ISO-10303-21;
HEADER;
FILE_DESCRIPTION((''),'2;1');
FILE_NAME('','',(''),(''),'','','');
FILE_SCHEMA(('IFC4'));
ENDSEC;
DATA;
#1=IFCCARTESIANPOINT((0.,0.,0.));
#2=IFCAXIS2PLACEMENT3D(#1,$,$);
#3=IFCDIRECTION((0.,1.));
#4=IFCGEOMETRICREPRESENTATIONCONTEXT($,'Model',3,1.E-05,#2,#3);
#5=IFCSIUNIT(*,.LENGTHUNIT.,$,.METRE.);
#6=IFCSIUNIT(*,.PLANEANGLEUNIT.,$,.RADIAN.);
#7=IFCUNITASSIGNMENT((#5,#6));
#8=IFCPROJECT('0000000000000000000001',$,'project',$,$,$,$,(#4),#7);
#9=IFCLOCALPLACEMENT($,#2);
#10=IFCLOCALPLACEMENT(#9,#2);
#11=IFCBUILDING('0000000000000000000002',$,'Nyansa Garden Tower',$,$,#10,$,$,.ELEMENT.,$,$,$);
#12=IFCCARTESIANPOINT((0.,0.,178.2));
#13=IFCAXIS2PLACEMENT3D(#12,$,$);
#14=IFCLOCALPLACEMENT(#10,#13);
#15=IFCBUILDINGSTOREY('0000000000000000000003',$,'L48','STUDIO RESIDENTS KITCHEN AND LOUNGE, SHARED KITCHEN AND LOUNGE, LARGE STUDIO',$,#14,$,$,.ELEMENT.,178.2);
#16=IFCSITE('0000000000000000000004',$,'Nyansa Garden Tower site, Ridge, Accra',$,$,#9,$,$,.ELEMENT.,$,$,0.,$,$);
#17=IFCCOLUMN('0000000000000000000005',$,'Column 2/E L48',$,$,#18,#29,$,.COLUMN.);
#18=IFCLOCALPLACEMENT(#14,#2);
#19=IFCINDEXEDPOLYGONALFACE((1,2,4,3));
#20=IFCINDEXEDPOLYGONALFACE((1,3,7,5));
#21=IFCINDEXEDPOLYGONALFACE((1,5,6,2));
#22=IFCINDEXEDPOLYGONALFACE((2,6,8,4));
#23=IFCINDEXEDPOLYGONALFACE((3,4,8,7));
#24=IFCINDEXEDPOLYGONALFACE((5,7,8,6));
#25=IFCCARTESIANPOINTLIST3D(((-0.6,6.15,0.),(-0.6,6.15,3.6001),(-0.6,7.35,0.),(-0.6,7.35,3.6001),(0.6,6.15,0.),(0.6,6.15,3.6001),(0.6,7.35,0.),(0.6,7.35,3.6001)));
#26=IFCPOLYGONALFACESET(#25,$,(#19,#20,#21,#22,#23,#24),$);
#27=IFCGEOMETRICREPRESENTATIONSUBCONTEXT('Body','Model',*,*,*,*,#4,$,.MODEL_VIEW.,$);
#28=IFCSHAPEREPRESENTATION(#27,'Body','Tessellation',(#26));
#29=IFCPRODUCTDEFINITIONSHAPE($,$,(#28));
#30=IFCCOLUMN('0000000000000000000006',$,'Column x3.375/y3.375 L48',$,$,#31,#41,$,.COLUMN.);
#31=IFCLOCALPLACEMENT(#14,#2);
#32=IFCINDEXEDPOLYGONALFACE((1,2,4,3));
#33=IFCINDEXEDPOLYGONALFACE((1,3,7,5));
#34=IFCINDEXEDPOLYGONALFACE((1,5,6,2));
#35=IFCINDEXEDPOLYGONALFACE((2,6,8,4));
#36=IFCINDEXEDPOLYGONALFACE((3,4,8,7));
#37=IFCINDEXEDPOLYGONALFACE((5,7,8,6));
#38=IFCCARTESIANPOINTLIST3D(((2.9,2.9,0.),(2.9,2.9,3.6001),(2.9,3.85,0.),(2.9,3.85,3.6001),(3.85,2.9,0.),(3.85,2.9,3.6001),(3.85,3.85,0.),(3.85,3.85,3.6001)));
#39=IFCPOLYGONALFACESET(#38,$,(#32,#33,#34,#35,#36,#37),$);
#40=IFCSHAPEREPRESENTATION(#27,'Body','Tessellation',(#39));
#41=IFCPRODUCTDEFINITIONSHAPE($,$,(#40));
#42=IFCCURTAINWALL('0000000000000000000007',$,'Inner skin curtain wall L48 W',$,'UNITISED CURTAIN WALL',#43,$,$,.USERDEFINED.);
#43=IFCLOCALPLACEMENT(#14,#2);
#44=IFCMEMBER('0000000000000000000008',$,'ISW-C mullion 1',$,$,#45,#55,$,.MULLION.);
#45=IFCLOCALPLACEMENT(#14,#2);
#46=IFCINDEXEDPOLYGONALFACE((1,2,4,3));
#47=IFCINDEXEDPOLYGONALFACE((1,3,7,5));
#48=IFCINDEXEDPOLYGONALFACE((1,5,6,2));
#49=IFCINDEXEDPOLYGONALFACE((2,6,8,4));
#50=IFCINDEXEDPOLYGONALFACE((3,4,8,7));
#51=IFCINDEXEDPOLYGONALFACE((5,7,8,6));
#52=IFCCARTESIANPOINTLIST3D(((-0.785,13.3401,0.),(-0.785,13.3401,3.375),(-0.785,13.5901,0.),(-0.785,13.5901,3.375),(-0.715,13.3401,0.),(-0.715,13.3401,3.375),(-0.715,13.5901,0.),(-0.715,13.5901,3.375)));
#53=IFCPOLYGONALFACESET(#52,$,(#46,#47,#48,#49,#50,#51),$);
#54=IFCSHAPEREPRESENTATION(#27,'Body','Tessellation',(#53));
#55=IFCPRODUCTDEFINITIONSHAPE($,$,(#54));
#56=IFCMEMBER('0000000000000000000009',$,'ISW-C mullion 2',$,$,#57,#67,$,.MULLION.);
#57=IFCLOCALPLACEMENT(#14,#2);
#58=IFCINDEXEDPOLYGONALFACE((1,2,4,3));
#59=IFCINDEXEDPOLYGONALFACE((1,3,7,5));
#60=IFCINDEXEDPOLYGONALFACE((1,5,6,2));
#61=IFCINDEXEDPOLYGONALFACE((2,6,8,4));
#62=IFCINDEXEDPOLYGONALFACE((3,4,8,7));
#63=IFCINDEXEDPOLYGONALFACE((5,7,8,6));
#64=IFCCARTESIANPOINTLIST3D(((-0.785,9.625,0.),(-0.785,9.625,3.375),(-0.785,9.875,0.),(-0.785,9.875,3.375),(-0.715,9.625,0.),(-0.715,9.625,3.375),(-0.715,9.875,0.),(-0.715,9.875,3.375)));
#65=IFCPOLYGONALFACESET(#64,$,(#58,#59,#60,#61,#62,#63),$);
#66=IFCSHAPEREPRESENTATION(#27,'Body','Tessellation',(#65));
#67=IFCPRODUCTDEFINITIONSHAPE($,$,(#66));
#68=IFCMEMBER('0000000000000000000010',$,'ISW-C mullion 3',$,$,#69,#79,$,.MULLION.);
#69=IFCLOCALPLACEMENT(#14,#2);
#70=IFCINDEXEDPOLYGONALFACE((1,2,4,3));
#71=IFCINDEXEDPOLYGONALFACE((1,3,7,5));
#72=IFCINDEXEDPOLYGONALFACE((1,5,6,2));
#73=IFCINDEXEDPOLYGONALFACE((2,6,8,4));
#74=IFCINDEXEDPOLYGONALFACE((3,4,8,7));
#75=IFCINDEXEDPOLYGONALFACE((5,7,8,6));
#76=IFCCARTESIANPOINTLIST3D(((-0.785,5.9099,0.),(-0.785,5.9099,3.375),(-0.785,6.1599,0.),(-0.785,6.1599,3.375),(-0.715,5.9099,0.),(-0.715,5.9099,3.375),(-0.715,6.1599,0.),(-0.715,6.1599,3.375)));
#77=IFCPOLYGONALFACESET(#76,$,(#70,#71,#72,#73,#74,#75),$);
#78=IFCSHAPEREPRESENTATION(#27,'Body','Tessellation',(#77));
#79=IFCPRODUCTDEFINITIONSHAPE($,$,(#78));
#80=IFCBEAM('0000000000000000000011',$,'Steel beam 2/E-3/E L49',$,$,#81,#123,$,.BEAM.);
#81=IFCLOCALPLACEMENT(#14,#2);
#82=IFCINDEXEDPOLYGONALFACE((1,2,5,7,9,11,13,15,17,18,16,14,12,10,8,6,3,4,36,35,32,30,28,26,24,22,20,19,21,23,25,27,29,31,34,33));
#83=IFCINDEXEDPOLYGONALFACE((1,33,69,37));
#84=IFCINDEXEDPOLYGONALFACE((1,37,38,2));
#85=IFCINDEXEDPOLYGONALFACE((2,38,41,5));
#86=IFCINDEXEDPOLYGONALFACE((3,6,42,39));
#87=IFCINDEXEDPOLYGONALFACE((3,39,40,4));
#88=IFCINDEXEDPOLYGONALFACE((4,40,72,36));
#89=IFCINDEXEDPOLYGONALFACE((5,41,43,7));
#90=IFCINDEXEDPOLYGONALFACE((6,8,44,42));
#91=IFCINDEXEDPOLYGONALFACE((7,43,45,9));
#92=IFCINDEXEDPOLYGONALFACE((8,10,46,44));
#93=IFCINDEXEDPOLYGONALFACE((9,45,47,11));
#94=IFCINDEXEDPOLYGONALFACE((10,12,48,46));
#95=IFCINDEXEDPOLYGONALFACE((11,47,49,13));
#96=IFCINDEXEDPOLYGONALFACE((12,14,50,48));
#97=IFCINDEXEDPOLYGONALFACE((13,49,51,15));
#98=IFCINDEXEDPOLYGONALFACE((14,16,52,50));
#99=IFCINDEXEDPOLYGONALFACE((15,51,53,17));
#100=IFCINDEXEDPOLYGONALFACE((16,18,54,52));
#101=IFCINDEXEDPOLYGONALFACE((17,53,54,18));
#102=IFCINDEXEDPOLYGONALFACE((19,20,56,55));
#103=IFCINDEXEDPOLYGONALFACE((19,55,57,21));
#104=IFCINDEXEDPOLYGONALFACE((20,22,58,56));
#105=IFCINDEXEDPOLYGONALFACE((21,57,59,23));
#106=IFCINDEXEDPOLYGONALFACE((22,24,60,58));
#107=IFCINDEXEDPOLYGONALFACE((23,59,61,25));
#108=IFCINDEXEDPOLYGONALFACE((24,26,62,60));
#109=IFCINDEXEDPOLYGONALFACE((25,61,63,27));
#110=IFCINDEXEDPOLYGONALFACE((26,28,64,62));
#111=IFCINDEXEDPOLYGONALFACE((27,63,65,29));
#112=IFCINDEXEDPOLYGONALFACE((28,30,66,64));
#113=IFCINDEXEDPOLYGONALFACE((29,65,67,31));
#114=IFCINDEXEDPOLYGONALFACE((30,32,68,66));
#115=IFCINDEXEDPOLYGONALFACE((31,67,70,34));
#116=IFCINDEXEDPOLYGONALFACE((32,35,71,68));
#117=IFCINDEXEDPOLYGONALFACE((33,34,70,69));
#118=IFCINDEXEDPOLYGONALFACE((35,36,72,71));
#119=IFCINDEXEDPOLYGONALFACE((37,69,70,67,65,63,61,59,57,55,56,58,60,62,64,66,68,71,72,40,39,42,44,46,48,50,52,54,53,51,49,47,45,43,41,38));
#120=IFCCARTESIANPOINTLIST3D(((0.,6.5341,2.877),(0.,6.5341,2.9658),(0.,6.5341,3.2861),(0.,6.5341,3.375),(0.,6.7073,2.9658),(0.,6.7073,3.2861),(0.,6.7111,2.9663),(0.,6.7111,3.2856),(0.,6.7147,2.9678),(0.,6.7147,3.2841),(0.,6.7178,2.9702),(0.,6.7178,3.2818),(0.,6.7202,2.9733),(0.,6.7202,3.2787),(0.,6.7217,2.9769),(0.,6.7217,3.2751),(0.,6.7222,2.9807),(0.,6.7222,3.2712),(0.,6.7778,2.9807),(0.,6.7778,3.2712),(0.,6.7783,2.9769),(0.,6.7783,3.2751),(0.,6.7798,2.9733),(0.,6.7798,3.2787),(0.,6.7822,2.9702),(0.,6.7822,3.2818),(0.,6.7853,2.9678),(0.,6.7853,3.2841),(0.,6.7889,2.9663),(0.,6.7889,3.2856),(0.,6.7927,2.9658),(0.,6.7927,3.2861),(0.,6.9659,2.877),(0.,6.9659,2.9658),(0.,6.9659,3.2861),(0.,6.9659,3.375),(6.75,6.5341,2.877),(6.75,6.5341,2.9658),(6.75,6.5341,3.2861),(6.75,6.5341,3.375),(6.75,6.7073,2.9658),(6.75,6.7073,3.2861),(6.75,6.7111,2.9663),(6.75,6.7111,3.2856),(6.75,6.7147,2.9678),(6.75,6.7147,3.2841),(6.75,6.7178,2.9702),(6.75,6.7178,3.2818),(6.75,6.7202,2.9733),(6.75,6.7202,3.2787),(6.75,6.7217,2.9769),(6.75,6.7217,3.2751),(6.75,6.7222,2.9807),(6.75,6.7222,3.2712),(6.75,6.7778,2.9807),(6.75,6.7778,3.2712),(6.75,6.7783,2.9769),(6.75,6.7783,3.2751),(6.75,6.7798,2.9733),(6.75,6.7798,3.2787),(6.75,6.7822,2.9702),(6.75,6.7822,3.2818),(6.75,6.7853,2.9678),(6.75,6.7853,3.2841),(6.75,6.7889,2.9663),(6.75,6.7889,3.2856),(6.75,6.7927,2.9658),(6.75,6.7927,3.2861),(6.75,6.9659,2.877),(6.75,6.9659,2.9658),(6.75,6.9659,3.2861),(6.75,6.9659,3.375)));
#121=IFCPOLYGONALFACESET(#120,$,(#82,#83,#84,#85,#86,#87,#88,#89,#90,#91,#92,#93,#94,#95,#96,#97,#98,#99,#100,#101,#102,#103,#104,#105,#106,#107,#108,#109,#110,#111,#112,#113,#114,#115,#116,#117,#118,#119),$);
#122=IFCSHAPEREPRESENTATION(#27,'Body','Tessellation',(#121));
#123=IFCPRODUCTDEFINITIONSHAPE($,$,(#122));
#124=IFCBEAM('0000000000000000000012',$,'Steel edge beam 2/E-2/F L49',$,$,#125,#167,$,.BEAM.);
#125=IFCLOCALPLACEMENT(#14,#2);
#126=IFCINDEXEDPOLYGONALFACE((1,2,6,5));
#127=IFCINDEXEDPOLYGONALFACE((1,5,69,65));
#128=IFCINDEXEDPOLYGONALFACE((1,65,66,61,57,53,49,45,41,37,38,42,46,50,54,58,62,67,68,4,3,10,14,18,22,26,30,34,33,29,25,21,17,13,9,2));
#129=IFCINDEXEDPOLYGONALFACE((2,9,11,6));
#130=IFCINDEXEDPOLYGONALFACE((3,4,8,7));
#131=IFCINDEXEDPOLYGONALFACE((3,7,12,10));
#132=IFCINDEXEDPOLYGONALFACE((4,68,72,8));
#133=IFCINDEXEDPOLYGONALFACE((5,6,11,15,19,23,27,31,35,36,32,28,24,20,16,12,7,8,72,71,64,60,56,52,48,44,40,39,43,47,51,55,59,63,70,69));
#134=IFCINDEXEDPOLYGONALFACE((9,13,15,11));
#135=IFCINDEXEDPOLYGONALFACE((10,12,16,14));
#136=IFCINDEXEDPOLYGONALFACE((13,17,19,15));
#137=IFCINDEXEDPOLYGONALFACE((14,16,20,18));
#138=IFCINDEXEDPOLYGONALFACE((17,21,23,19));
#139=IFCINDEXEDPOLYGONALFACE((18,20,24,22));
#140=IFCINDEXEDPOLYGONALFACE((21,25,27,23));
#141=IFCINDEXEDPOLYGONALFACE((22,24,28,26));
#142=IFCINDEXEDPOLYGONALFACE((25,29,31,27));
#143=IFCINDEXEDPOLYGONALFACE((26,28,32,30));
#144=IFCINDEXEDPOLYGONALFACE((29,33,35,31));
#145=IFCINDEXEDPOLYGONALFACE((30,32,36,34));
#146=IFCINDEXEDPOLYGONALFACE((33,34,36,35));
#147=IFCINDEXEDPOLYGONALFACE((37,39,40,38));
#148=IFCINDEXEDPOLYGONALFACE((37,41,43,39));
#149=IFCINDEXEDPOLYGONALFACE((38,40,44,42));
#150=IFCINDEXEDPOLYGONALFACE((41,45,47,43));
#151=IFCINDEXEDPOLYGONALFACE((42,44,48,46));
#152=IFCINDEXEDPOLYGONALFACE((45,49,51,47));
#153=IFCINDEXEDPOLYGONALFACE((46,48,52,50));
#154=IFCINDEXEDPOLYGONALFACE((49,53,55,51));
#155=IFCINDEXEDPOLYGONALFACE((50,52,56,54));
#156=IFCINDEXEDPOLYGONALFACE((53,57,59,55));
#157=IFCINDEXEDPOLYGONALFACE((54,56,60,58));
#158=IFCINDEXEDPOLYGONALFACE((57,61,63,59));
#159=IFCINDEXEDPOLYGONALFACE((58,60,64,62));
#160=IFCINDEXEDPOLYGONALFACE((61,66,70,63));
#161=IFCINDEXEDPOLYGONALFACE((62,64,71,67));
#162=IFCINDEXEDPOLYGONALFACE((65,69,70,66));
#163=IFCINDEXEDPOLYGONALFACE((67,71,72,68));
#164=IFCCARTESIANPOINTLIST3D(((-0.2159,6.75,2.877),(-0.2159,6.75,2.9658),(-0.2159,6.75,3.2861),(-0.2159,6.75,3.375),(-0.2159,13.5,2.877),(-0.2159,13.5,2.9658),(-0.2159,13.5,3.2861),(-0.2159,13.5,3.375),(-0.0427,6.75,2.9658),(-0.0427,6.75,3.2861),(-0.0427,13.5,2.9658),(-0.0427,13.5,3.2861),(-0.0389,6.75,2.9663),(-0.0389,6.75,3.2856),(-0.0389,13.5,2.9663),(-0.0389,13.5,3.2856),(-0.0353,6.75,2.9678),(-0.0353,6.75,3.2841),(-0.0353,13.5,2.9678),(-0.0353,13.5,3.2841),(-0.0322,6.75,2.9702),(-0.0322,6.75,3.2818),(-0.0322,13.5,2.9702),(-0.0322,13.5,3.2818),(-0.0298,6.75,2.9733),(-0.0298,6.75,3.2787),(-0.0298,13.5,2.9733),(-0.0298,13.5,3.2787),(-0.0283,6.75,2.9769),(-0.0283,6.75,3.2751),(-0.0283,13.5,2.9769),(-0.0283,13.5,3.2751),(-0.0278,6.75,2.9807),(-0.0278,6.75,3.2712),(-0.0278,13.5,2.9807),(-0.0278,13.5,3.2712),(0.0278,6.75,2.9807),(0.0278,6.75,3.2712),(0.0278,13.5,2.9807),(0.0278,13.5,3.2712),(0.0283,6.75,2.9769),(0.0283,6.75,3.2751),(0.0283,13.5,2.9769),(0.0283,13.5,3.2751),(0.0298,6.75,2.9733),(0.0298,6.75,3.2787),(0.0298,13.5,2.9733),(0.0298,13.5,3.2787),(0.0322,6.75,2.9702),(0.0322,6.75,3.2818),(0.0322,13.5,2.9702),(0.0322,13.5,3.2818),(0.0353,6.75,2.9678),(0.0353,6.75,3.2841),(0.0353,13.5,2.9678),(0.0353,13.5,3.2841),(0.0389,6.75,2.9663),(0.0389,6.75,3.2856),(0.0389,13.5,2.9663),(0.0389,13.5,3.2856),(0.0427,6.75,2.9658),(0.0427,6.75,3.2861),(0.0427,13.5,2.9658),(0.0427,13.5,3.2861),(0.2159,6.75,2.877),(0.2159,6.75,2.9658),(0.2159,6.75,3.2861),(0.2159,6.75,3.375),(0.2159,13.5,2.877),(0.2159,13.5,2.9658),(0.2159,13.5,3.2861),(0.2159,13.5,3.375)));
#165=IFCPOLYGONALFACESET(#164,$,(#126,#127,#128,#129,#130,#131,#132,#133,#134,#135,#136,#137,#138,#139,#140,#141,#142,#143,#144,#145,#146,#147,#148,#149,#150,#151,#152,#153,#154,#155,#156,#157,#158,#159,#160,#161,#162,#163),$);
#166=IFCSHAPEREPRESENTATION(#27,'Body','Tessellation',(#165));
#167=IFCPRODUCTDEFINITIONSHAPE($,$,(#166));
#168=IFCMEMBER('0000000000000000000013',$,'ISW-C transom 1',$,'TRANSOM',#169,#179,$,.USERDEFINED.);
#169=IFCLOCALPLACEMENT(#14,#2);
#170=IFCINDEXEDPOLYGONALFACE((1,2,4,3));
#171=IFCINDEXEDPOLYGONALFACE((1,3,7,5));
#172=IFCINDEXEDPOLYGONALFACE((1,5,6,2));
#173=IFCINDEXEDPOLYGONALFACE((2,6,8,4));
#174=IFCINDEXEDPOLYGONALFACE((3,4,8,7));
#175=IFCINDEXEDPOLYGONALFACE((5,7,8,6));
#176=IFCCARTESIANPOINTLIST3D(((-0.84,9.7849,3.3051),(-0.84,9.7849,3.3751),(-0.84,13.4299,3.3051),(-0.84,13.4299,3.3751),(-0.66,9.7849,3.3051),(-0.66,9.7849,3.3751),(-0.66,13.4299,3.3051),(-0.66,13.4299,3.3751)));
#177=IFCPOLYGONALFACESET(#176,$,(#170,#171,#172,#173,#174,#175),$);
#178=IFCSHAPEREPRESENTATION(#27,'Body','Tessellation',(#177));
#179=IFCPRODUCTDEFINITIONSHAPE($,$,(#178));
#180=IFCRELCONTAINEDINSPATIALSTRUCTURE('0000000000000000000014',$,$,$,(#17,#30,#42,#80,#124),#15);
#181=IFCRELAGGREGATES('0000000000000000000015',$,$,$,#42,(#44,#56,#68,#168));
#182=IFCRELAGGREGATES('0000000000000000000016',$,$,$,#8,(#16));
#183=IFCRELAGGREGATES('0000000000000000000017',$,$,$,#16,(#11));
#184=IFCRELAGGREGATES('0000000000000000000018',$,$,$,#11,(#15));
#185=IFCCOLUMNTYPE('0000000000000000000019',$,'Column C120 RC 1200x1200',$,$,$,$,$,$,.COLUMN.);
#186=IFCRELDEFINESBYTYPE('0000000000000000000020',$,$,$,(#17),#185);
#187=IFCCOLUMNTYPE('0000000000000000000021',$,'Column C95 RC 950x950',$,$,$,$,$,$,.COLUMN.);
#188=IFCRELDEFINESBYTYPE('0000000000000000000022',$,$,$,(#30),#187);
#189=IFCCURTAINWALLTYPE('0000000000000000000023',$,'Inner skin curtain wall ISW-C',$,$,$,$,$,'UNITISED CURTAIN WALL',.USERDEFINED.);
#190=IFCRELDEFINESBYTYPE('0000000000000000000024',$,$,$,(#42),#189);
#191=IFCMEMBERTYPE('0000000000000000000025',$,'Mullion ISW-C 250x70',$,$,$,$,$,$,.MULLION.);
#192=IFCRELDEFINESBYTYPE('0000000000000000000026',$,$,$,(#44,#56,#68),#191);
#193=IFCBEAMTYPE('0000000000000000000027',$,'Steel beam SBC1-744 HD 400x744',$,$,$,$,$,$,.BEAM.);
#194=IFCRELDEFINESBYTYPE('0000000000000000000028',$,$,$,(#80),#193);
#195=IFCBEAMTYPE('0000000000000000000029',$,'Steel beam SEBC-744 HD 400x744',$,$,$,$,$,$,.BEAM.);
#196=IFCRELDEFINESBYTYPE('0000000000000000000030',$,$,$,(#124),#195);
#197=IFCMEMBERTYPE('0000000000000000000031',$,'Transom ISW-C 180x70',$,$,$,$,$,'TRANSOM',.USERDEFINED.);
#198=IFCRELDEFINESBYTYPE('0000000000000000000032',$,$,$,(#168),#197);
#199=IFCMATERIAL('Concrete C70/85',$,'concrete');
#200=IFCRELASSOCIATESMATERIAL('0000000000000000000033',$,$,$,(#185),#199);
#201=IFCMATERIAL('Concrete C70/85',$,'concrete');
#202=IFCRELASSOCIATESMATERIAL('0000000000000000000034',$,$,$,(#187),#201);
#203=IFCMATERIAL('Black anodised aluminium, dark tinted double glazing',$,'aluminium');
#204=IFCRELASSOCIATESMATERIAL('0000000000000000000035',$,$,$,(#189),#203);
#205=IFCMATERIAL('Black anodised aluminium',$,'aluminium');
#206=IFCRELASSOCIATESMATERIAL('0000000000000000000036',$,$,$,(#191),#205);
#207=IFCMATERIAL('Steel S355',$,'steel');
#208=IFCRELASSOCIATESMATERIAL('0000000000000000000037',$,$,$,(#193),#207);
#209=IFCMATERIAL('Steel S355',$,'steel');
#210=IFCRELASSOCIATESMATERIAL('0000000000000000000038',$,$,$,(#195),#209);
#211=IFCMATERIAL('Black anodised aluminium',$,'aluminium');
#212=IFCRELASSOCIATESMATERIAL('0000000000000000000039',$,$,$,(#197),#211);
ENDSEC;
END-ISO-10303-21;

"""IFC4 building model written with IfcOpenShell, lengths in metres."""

from ifc_helpers import new_model, si_unit, direction, frame, origin, origin_2d, place, context, subcontext, project, spatial, rectangle, i_section, extrude, material, material_profile, profile_set, type_object, element, aggregate, save


model = new_model("IFC4")

# Units and contexts
model_context = context("Model", 3, precision=1e-05, world=origin(), true_north=direction((0.0, 1.0)))
body_context = subcontext(model_context, "Body", "Model", "MODEL_VIEW")
ifc_project = project(units=[si_unit("LENGTHUNIT", "METRE"), si_unit("PLANEANGLEUNIT", "RADIAN")], contexts=[model_context])

# Site, building, storey
site_placement = place(None, origin())
site = spatial("IfcSite", under=ifc_project, at=site_placement, Name="Nyansa Garden Tower site, Ridge, Accra", CompositionType="ELEMENT", RefElevation=0.0)
building_placement = place(site_placement, origin())
building = spatial("IfcBuilding", under=site, at=building_placement, Name="Nyansa Garden Tower", CompositionType="ELEMENT")
storey_placement = place(building_placement, frame((0.0, 0.0, 178.2)))
storey = spatial("IfcBuildingStorey", under=building, at=storey_placement, Name="L48", Description="STUDIO RESIDENTS KITCHEN AND LOUNGE, SHARED KITCHEN AND LOUNGE, LARGE STUDIO", CompositionType="ELEMENT", Elevation=178.2)

# Columns
ifc_material_1 = material(Name="Concrete C70/85", Category="concrete")
ifc_material_profile_1 = material_profile(ifc_material_1, rectangle(XDim=1.2, YDim=1.2, at=origin_2d()), Name="RC 1200x1200")
ifc_profile_set_1 = profile_set([ifc_material_profile_1], Name="Concrete C70/85")
column_type_1 = type_object("IfcColumnType", Name="Column C120 RC 1200x1200", PredefinedType="COLUMN", material=ifc_profile_set_1)
column_1_placement = place(storey_placement, frame((0.0, 6.75, 0.0), z_axis=(0.0, 0.0, 1.0), x_axis=(1.0, 0.0, 0.0)))
element("IfcColumn", 1, at=column_1_placement, inside=storey, type_object=column_type_1, Name="Column 2/E L48", PredefinedType="COLUMN", context=body_context, shape_type="SweptSolid", body=[
    extrude(rectangle(XDim=1.2, YDim=1.2, at=origin_2d()), origin(), (0.0, 0.0, 1.0), 3.6001),
])
ifc_material_2 = material(Name="Concrete C70/85", Category="concrete")
ifc_material_profile_2 = material_profile(ifc_material_2, rectangle(XDim=0.95, YDim=0.95, at=origin_2d()), Name="RC 950x950")
ifc_profile_set_2 = profile_set([ifc_material_profile_2], Name="Concrete C70/85")
column_type_2 = type_object("IfcColumnType", Name="Column C95 RC 950x950", PredefinedType="COLUMN", material=ifc_profile_set_2)
column_2_placement = place(storey_placement, frame((3.375, 3.375, 0.0), z_axis=(0.0, 0.0, 1.0), x_axis=(1.0, 0.0, 0.0)))
element("IfcColumn", 2, at=column_2_placement, inside=storey, type_object=column_type_2, Name="Column x3.375/y3.375 L48", PredefinedType="COLUMN", context=body_context, shape_type="SweptSolid", body=[
    extrude(rectangle(XDim=0.95, YDim=0.95, at=origin_2d()), origin(), (0.0, 0.0, 1.0), 3.6001),
])

# Curtain wall, members
ifc_material_3 = material(Name="Black anodised aluminium, dark tinted double glazing", Category="aluminium")
curtain_wall_type = type_object("IfcCurtainWallType", Name="Inner skin curtain wall ISW-C", ElementType="UNITISED CURTAIN WALL", PredefinedType="USERDEFINED", material=ifc_material_3)
curtain_wall_placement = place(storey_placement, origin())
curtain_wall = element("IfcCurtainWall", 3, at=curtain_wall_placement, inside=storey, type_object=curtain_wall_type, Name="Inner skin curtain wall L48 W", ObjectType="UNITISED CURTAIN WALL", PredefinedType="USERDEFINED")
ifc_material_4 = material(Name="Black anodised aluminium", Category="aluminium")
ifc_material_profile_3 = material_profile(ifc_material_4, rectangle(XDim=0.0701, YDim=0.25, at=origin_2d()), Name="Mullion 250x70")
ifc_profile_set_3 = profile_set([ifc_material_profile_3], Name="Black anodised aluminium")
member_type_1 = type_object("IfcMemberType", Name="Mullion ISW-C 250x70", PredefinedType="MULLION", material=ifc_profile_set_3)
member_1_placement = place(storey_placement, frame((-0.75, 13.4651, 0.0), z_axis=(0.0, 0.0, 1.0), x_axis=(1.0, 0.0, 0.0)))
member_1 = element("IfcMember", 4, at=member_1_placement, type_object=member_type_1, Name="ISW-C mullion 1", PredefinedType="MULLION", context=body_context, shape_type="SweptSolid", body=[
    extrude(rectangle(XDim=0.0701, YDim=0.25, at=origin_2d()), origin(), (0.0, 0.0, 1.0), 3.375),
])
member_2_placement = place(storey_placement, frame((-0.75, 9.75, 0.0), z_axis=(0.0, 0.0, 1.0), x_axis=(1.0, 0.0, 0.0)))
member_2 = element("IfcMember", 5, at=member_2_placement, type_object=member_type_1, Name="ISW-C mullion 2", PredefinedType="MULLION", context=body_context, shape_type="SweptSolid", body=[
    extrude(rectangle(XDim=0.0701, YDim=0.25, at=origin_2d()), origin(), (0.0, 0.0, 1.0), 3.375),
])
member_3_placement = place(storey_placement, frame((-0.75, 6.0349, 0.0), z_axis=(0.0, 0.0, 1.0), x_axis=(1.0, 0.0, 0.0)))
member_3 = element("IfcMember", 6, at=member_3_placement, type_object=member_type_1, Name="ISW-C mullion 3", PredefinedType="MULLION", context=body_context, shape_type="SweptSolid", body=[
    extrude(rectangle(XDim=0.0701, YDim=0.25, at=origin_2d()), origin(), (0.0, 0.0, 1.0), 3.375),
])

# Beams
ifc_material_5 = material(Name="Steel S355", Category="steel")
ifc_material_profile_4 = material_profile(ifc_material_5, i_section(OverallWidth=0.4319, OverallDepth=0.498, WebThickness=0.0557, FlangeThickness=0.0889, FilletRadius=0.0149, at=origin_2d()), Name="HD 400x744")
ifc_profile_set_4 = profile_set([ifc_material_profile_4], Name="Steel S355")
beam_type_1 = type_object("IfcBeamType", Name="Steel beam SBC1-744 HD 400x744", PredefinedType="BEAM", material=ifc_profile_set_4)
beam_1_placement = place(storey_placement, frame((0.0, 6.75, 3.126), z_axis=(1.0, 0.0, 0.0), x_axis=(0.0, 1.0, 0.0)))
element("IfcBeam", 7, at=beam_1_placement, inside=storey, type_object=beam_type_1, Name="Steel beam 2/E-3/E L49", PredefinedType="BEAM", context=body_context, shape_type="SweptSolid", body=[
    extrude(i_section(OverallWidth=0.4319, OverallDepth=0.498, WebThickness=0.0557, FlangeThickness=0.0889, FilletRadius=0.0149, at=origin_2d()), origin(), (0.0, 0.0, 1.0), 6.75),
])
ifc_material_6 = material(Name="Steel S355", Category="steel")
ifc_material_profile_5 = material_profile(ifc_material_6, i_section(OverallWidth=0.4319, OverallDepth=0.498, WebThickness=0.0557, FlangeThickness=0.0889, FilletRadius=0.0149, at=origin_2d()), Name="HD 400x744")
ifc_profile_set_5 = profile_set([ifc_material_profile_5], Name="Steel S355")
beam_type_2 = type_object("IfcBeamType", Name="Steel beam SEBC-744 HD 400x744", PredefinedType="BEAM", material=ifc_profile_set_5)
beam_2_placement = place(storey_placement, frame((0.0, 6.75, 3.126), z_axis=(0.0, 1.0, 0.0), x_axis=(-1.0, 0.0, 0.0)))
element("IfcBeam", 8, at=beam_2_placement, inside=storey, type_object=beam_type_2, Name="Steel edge beam 2/E-2/F L49", PredefinedType="BEAM", context=body_context, shape_type="SweptSolid", body=[
    extrude(i_section(OverallWidth=0.4319, OverallDepth=0.498, WebThickness=0.0557, FlangeThickness=0.0889, FilletRadius=0.0149, at=origin_2d()), origin(), (0.0, 0.0, 1.0), 6.75),
])

# Member
ifc_material_7 = material(Name="Black anodised aluminium", Category="aluminium")
ifc_material_profile_6 = material_profile(ifc_material_7, rectangle(XDim=0.1799, YDim=0.0701, at=origin_2d()), Name="Transom 180x70")
ifc_profile_set_6 = profile_set([ifc_material_profile_6], Name="Black anodised aluminium")
member_type_2 = type_object("IfcMemberType", Name="Transom ISW-C 180x70", ElementType="TRANSOM", PredefinedType="USERDEFINED", material=ifc_profile_set_6)
member_4_placement = place(storey_placement, frame((-0.75, 13.4299, 3.3401), z_axis=(0.0, -1.0, 0.0), x_axis=(1.0, 0.0, 0.0)))
member_4 = element("IfcMember", 9, at=member_4_placement, type_object=member_type_2, Name="ISW-C transom 1", ObjectType="TRANSOM", PredefinedType="USERDEFINED", context=body_context, shape_type="SweptSolid", body=[
    extrude(rectangle(XDim=0.1799, YDim=0.0701, at=origin_2d()), origin(), (0.0, 0.0, 1.0), 3.645),
])

aggregate(curtain_wall, [member_1, member_2, member_3, member_4])

save(model, "model.ifc")
